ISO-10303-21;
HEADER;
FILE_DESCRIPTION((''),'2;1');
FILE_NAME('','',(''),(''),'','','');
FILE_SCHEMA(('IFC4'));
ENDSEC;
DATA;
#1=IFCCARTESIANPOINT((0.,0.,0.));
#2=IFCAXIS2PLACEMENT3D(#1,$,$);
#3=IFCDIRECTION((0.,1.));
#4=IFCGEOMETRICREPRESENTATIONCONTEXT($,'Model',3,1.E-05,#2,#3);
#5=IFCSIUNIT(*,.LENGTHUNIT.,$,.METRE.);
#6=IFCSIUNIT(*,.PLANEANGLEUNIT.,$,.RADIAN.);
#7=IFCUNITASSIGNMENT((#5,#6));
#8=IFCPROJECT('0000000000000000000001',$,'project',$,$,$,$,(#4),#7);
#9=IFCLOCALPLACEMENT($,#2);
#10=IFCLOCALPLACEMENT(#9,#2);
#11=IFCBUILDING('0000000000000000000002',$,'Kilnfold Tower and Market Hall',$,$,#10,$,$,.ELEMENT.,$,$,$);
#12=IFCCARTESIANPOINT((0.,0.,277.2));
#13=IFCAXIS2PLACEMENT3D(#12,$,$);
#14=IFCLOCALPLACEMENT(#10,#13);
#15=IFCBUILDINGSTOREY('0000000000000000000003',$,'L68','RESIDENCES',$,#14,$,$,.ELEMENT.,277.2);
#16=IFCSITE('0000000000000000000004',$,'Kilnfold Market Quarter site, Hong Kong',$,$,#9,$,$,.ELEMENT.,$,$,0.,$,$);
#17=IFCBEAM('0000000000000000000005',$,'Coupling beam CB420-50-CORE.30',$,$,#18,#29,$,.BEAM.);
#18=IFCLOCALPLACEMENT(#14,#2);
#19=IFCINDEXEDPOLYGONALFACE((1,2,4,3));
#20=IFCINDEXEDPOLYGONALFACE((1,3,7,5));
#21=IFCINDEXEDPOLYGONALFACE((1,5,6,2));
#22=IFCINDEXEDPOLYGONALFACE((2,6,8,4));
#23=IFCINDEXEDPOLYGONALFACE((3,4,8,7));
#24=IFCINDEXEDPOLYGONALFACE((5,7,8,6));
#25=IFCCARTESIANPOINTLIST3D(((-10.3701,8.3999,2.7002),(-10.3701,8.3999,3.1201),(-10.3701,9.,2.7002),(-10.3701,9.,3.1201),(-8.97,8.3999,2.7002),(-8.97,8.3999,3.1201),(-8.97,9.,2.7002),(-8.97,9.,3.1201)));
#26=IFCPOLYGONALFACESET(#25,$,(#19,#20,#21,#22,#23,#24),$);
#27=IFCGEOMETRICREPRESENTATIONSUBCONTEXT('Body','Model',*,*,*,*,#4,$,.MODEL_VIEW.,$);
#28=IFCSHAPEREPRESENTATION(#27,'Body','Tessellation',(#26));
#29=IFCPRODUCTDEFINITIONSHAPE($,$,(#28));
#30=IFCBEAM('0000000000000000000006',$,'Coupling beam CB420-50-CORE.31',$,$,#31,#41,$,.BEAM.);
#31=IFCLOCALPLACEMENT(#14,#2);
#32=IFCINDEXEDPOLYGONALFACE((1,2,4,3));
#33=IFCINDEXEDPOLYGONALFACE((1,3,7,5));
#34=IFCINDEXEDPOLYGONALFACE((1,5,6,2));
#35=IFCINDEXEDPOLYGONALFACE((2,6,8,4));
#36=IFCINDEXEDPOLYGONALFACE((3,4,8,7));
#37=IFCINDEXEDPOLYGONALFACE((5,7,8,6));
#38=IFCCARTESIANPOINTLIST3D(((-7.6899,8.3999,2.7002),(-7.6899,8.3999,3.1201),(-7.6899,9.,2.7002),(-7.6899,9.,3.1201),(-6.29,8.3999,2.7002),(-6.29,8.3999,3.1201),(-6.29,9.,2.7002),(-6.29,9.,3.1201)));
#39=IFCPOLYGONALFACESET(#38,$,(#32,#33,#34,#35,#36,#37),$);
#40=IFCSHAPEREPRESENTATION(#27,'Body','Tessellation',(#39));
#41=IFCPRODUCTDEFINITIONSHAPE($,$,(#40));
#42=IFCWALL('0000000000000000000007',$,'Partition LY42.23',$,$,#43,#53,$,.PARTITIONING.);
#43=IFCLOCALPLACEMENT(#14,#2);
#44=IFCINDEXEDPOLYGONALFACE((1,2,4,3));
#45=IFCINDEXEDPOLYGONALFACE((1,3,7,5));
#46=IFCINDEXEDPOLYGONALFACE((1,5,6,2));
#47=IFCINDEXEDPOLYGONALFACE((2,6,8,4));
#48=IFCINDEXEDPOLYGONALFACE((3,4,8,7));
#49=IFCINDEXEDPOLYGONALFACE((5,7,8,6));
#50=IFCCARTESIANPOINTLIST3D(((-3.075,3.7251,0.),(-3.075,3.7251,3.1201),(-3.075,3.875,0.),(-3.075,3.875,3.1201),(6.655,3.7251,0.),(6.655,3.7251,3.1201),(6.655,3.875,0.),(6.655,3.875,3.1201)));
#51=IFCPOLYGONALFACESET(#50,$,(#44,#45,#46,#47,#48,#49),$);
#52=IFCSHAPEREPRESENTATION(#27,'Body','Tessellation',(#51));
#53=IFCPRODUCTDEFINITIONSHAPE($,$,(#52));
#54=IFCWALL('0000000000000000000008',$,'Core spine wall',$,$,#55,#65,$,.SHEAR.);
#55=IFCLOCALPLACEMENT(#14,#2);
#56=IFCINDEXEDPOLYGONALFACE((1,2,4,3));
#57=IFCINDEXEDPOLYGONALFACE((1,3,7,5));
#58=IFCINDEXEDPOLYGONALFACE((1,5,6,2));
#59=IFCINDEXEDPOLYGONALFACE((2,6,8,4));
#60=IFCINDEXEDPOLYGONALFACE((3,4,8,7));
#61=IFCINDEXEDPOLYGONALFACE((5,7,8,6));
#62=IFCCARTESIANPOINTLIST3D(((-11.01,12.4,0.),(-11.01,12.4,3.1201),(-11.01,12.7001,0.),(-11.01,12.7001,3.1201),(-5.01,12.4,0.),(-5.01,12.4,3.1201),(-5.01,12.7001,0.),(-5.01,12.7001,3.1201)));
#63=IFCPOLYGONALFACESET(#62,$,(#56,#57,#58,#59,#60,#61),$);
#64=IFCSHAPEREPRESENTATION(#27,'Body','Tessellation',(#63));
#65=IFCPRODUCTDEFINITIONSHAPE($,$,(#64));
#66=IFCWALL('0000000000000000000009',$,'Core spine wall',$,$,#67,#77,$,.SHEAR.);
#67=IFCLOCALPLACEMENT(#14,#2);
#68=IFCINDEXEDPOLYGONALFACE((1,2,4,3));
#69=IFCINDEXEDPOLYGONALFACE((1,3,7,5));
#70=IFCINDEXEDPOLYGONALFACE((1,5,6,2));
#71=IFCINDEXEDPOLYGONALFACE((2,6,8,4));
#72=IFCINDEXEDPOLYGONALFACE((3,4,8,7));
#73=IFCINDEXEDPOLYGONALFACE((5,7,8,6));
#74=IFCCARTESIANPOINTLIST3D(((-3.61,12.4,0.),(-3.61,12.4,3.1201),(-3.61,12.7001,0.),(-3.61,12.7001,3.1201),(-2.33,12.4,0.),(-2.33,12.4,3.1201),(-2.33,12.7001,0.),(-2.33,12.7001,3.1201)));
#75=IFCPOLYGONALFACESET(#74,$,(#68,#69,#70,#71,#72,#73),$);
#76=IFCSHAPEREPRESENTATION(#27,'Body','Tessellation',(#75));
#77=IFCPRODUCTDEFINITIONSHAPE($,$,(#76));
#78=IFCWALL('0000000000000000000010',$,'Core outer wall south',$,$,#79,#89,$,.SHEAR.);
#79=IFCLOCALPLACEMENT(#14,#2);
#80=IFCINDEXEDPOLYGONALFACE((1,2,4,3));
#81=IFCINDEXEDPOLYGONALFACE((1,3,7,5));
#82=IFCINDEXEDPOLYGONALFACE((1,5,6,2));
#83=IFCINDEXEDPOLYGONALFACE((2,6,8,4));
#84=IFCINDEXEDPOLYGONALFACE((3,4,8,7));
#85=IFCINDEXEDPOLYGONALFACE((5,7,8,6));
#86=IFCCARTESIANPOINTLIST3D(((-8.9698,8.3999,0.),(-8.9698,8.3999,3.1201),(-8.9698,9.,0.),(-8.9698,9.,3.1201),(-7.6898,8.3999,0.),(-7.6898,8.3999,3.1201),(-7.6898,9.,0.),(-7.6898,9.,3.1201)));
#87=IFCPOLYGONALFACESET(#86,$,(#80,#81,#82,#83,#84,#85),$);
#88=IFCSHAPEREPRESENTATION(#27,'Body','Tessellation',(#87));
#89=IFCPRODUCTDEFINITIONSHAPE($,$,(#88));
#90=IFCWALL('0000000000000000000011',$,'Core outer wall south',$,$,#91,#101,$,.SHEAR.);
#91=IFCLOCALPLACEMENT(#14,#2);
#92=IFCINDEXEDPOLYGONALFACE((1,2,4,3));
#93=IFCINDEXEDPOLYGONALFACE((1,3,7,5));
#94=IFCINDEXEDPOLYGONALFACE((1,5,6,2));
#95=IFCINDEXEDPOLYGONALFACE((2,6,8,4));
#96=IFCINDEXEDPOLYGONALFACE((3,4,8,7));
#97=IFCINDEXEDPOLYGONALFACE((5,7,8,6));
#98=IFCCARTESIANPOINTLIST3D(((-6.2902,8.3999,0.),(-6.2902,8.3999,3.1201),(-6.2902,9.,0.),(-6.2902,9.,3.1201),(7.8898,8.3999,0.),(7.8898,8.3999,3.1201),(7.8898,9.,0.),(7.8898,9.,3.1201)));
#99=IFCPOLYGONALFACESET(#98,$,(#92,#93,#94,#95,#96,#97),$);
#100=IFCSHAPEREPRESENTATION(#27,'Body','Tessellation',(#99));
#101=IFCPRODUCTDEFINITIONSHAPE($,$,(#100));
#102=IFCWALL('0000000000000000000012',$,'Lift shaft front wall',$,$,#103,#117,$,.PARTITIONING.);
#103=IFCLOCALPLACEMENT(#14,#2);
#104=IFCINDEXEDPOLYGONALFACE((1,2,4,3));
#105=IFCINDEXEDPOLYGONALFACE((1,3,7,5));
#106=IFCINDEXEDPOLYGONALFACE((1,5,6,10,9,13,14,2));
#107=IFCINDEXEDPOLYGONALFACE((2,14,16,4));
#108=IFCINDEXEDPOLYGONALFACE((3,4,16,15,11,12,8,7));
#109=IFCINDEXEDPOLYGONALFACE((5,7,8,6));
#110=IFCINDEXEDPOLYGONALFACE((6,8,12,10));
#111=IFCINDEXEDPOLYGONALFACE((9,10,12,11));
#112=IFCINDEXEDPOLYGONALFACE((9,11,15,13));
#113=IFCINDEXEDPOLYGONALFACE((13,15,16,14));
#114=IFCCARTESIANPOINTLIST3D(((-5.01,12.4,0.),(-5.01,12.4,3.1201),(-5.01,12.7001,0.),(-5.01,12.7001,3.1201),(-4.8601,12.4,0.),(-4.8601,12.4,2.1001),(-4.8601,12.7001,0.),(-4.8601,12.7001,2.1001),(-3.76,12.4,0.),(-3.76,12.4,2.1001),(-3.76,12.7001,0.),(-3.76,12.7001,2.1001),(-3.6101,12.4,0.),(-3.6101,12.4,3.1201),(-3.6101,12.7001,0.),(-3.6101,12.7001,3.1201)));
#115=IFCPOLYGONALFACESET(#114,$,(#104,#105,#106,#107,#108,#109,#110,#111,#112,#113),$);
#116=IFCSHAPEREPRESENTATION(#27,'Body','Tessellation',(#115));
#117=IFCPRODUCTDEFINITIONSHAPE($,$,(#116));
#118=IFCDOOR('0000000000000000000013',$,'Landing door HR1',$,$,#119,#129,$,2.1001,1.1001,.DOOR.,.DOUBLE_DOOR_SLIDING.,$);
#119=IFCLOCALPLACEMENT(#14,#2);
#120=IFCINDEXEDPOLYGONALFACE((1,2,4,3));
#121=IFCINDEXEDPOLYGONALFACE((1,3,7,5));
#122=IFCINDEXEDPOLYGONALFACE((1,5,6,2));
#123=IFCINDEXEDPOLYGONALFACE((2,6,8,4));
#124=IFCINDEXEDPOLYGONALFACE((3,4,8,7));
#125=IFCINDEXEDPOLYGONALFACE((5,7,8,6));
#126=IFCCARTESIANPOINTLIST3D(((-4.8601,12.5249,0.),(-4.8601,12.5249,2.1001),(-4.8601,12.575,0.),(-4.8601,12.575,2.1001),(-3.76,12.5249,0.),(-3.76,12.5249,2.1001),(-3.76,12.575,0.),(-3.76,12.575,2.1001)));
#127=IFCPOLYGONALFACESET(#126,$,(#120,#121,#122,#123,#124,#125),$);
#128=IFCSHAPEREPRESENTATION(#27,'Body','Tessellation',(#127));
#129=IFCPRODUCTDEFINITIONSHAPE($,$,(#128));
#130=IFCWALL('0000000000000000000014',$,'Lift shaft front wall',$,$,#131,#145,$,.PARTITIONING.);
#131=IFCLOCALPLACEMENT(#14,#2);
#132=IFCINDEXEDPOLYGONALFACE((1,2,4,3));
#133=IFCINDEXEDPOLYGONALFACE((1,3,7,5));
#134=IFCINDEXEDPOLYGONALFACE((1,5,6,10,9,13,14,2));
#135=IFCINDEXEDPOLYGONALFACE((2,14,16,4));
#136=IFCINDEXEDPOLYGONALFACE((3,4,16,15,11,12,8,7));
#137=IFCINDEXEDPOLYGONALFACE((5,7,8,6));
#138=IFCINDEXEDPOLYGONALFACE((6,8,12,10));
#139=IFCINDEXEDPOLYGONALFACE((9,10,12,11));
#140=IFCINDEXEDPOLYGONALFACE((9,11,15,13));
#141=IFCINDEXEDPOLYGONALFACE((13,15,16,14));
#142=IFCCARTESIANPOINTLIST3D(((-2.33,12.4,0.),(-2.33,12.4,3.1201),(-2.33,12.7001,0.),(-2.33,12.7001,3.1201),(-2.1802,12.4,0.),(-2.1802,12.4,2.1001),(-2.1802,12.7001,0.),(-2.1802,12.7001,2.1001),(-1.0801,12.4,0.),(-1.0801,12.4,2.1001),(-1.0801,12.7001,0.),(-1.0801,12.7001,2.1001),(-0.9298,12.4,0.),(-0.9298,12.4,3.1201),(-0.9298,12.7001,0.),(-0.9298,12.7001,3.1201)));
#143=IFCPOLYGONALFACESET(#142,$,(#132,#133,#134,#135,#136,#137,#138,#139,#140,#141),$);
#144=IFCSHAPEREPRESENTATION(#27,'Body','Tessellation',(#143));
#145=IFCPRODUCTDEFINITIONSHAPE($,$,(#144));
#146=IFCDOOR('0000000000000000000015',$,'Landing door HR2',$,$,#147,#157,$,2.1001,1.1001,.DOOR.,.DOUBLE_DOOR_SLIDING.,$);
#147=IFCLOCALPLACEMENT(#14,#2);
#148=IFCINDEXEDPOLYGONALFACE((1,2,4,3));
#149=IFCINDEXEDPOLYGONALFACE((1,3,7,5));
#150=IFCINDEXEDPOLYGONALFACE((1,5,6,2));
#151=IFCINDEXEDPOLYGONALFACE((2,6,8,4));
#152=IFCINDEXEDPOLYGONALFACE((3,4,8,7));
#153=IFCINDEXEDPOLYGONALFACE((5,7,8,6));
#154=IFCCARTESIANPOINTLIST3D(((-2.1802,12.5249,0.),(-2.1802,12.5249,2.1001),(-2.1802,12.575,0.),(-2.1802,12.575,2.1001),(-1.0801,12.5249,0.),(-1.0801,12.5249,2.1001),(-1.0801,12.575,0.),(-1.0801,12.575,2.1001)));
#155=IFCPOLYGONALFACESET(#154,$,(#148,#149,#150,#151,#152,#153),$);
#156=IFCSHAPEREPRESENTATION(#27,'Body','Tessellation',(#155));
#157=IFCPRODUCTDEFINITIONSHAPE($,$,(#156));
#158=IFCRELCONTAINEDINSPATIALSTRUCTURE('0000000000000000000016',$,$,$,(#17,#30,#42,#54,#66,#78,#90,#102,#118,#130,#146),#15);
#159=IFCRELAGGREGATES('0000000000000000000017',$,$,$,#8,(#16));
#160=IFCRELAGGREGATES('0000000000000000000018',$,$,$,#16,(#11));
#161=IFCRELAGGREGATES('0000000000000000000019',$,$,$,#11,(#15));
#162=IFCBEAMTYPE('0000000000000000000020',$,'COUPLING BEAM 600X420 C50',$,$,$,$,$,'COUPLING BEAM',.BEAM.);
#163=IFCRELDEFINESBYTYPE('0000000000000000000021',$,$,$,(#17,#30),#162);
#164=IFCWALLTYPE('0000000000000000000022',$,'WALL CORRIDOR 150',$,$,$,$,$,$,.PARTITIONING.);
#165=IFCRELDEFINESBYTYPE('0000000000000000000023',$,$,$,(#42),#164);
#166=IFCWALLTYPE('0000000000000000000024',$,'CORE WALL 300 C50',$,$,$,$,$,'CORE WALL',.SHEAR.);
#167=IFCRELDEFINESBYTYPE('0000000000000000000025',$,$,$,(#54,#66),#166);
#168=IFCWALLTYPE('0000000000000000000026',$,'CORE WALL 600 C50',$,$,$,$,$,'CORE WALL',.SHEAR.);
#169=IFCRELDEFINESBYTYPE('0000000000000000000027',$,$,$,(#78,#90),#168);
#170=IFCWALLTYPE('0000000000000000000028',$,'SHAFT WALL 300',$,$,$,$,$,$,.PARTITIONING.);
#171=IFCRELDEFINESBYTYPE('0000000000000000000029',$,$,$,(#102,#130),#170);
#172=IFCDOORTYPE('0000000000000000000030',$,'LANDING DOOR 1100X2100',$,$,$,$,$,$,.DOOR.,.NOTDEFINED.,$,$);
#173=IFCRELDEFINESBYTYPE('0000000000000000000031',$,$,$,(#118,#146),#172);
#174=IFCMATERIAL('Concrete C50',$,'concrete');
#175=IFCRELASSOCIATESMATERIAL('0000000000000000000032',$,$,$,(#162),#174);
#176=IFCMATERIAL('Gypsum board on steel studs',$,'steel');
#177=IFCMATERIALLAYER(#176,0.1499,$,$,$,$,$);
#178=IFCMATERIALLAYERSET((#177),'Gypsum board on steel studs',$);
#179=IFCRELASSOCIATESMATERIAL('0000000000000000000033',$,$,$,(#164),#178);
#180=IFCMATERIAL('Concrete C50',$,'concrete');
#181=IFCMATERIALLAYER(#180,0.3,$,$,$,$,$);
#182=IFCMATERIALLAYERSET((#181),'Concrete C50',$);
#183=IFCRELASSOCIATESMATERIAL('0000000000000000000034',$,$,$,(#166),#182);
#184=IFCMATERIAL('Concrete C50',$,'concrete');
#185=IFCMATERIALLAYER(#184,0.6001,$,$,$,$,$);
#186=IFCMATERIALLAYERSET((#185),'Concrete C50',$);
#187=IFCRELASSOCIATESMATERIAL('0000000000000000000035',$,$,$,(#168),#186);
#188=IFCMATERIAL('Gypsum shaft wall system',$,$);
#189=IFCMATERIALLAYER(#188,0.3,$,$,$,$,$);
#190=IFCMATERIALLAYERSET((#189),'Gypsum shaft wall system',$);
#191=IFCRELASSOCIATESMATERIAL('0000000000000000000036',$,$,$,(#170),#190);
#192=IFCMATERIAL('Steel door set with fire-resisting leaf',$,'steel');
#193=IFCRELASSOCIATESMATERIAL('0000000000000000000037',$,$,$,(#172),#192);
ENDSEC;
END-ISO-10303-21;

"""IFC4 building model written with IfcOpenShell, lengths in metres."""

from ifc_helpers import new_model, si_unit, direction, frame, frame_2d, origin, origin_2d, place, context, subcontext, project, spatial, rectangle, extrude, source, transform, mapped, material, layer, layer_set, material_profile, profile_set, type_object, element, fill, save


model = new_model("IFC4")

# Units and contexts
model_context = context("Model", 3, precision=1e-05, world=origin(), true_north=direction((0.0, 1.0)))
body_context = subcontext(model_context, "Body", "Model", "MODEL_VIEW")
ifc_project = project(units=[si_unit("LENGTHUNIT", "METRE"), si_unit("PLANEANGLEUNIT", "RADIAN")], contexts=[model_context])

# Site, building, storey
site_placement = place(None, origin())
site = spatial("IfcSite", under=ifc_project, at=site_placement, Name="Kilnfold Market Quarter site, Hong Kong", CompositionType="ELEMENT", RefElevation=0.0)
building_placement = place(site_placement, origin())
building = spatial("IfcBuilding", under=site, at=building_placement, Name="Kilnfold Tower and Market Hall", CompositionType="ELEMENT")
storey_placement = place(building_placement, frame((0.0, 0.0, 277.2)))
storey = spatial("IfcBuildingStorey", under=building, at=storey_placement, Name="L68", Description="RESIDENCES", CompositionType="ELEMENT", Elevation=277.2)

# Beams
ifc_material_1 = material(Name="Concrete C50", Category="concrete")
ifc_material_profile = material_profile(ifc_material_1, rectangle(XDim=0.6001, YDim=0.4199, at=origin_2d()), Name="RC 600x420")
ifc_profile_set = profile_set([ifc_material_profile], Name="Concrete C50")
beam_type = type_object("IfcBeamType", Name="COUPLING BEAM 600X420 C50", ElementType="COUPLING BEAM", PredefinedType="BEAM", material=ifc_profile_set)
shared_shape_1 = source(origin(), body_context, "Body", "SweptSolid", [
    extrude(rectangle(XDim=0.6001, YDim=0.4199, at=origin_2d()), origin(), (0.0, 0.0, 1.0), 1.4001),
])
beam_1_placement = place(storey_placement, frame((-10.3701, 8.7, 2.9102), z_axis=(1.0, 0.0, 0.0), x_axis=(0.0, 1.0, 0.0)))
element("IfcBeam", 1, at=beam_1_placement, inside=storey, type_object=beam_type, Name="Coupling beam CB420-50-CORE.30", PredefinedType="BEAM", context=body_context, shape_type="MappedRepresentation", body=[
    mapped(shared_shape_1, transform((0.0, 0.0, 0.0))),
])
shared_shape_2 = source(origin(), body_context, "Body", "SweptSolid", [
    extrude(rectangle(XDim=0.6001, YDim=0.4199, at=origin_2d()), origin(), (0.0, 0.0, 1.0), 1.3999),
])
beam_2_placement = place(storey_placement, frame((-7.6899, 8.7, 2.9102), z_axis=(1.0, 0.0, 0.0), x_axis=(0.0, 1.0, 0.0)))
element("IfcBeam", 2, at=beam_2_placement, inside=storey, type_object=beam_type, Name="Coupling beam CB420-50-CORE.31", PredefinedType="BEAM", context=body_context, shape_type="MappedRepresentation", body=[
    mapped(shared_shape_2, transform((0.0, 0.0, 0.0))),
])

# Walls
ifc_material_2 = material(Name="Gypsum board on steel studs", Category="steel")
ifc_layer_1 = layer(ifc_material_2, 0.1499)
ifc_layer_set_1 = layer_set([ifc_layer_1], Name="Gypsum board on steel studs")
wall_type_1 = type_object("IfcWallType", Name="WALL CORRIDOR 150", PredefinedType="PARTITIONING", material=ifc_layer_set_1)
wall_1_placement = place(storey_placement, frame((-3.075, 3.8, 0.0), z_axis=(0.0, 0.0, 1.0), x_axis=(1.0, 0.0, 0.0)))
element("IfcWall", 3, at=wall_1_placement, inside=storey, type_object=wall_type_1, Name="Partition LY42.23", PredefinedType="PARTITIONING", context=body_context, shape_type="SweptSolid", body=[
    extrude(rectangle(XDim=9.73, YDim=0.1499, at=frame_2d((4.865, 0.0))), origin(), (0.0, 0.0, 1.0), 3.1201),
])
ifc_material_3 = material(Name="Concrete C50", Category="concrete")
ifc_layer_2 = layer(ifc_material_3, 0.3)
ifc_layer_set_2 = layer_set([ifc_layer_2], Name="Concrete C50")
wall_type_2 = type_object("IfcWallType", Name="CORE WALL 300 C50", ElementType="CORE WALL", PredefinedType="SHEAR", material=ifc_layer_set_2)
shared_shape_3 = source(origin(), body_context, "Body", "SweptSolid", [
    extrude(rectangle(XDim=6.0, YDim=0.3, at=frame_2d((3.0, 0.0))), origin(), (0.0, 0.0, 1.0), 3.1201),
])
wall_2_placement = place(storey_placement, frame((-11.01, 12.55, 0.0), z_axis=(0.0, 0.0, 1.0), x_axis=(1.0, 0.0, 0.0)))
element("IfcWall", 4, at=wall_2_placement, inside=storey, type_object=wall_type_2, Name="Core spine wall", PredefinedType="SHEAR", context=body_context, shape_type="MappedRepresentation", body=[
    mapped(shared_shape_3, transform((0.0, 0.0, 0.0))),
])
shared_shape_4 = source(origin(), body_context, "Body", "SweptSolid", [
    extrude(rectangle(XDim=1.28, YDim=0.3, at=frame_2d((0.6401, 0.0))), origin(), (0.0, 0.0, 1.0), 3.1201),
])
wall_3_placement = place(storey_placement, frame((-3.6101, 12.55, 0.0), z_axis=(0.0, 0.0, 1.0), x_axis=(1.0, 0.0, 0.0)))
element("IfcWall", 5, at=wall_3_placement, inside=storey, type_object=wall_type_2, Name="Core spine wall", PredefinedType="SHEAR", context=body_context, shape_type="MappedRepresentation", body=[
    mapped(shared_shape_4, transform((0.0, 0.0, 0.0))),
])
ifc_material_4 = material(Name="Concrete C50", Category="concrete")
ifc_layer_3 = layer(ifc_material_4, 0.6001)
ifc_layer_set_3 = layer_set([ifc_layer_3], Name="Concrete C50")
wall_type_3 = type_object("IfcWallType", Name="CORE WALL 600 C50", ElementType="CORE WALL", PredefinedType="SHEAR", material=ifc_layer_set_3)
shared_shape_5 = source(origin(), body_context, "Body", "SweptSolid", [
    extrude(rectangle(XDim=1.28, YDim=0.6001, at=frame_2d((0.6401, 0.0))), origin(), (0.0, 0.0, 1.0), 3.1201),
])
wall_4_placement = place(storey_placement, frame((-8.97, 8.7, 0.0), z_axis=(0.0, 0.0, 1.0), x_axis=(1.0, 0.0, 0.0)))
element("IfcWall", 6, at=wall_4_placement, inside=storey, type_object=wall_type_3, Name="Core outer wall south", PredefinedType="SHEAR", context=body_context, shape_type="MappedRepresentation", body=[
    mapped(shared_shape_5, transform((0.0, 0.0, 0.0))),
])
shared_shape_6 = source(origin(), body_context, "Body", "SweptSolid", [
    extrude(rectangle(XDim=14.1799, YDim=0.6001, at=frame_2d((7.0898, 0.0))), origin(), (0.0, 0.0, 1.0), 3.1201),
])
wall_5_placement = place(storey_placement, frame((-6.29, 8.7, 0.0), z_axis=(0.0, 0.0, 1.0), x_axis=(1.0, 0.0, 0.0)))
element("IfcWall", 7, at=wall_5_placement, inside=storey, type_object=wall_type_3, Name="Core outer wall south", PredefinedType="SHEAR", context=body_context, shape_type="MappedRepresentation", body=[
    mapped(shared_shape_6, transform((0.0, 0.0, 0.0))),
])

# Walls, openings, doors
ifc_material_5 = material(Name="Gypsum shaft wall system")
ifc_layer_4 = layer(ifc_material_5, 0.3)
ifc_layer_set_4 = layer_set([ifc_layer_4], Name="Gypsum shaft wall system")
wall_type_4 = type_object("IfcWallType", Name="SHAFT WALL 300", PredefinedType="PARTITIONING", material=ifc_layer_set_4)
shared_shape_7 = source(origin(), body_context, "Body", "SweptSolid", [
    extrude(rectangle(XDim=1.3999, YDim=0.3, at=frame_2d((0.7, 0.0))), origin(), (0.0, 0.0, 1.0), 3.1201),
])
wall_6_placement = place(storey_placement, frame((-5.01, 12.55, 0.0), z_axis=(0.0, 0.0, 1.0), x_axis=(1.0, 0.0, 0.0)))
wall_6 = element("IfcWall", 8, at=wall_6_placement, inside=storey, type_object=wall_type_4, Name="Lift shaft front wall", PredefinedType="PARTITIONING", context=body_context, shape_type="MappedRepresentation", body=[
    mapped(shared_shape_7, transform((0.0, 0.0, 0.0))),
])
opening_1_placement = place(wall_6_placement, frame((0.1499, 0.0, 0.0)))
opening_1 = element("IfcOpeningElement", 9, at=opening_1_placement, cuts=wall_6, PredefinedType="OPENING", context=body_context, shape_type="SweptSolid", body=[
    extrude(rectangle(XDim=1.1001, YDim=2.1001, at=frame_2d((0.55, 1.05))), frame((0.0, 0.1602, 0.0), z_axis=(0.0, -1.0, 0.0), x_axis=(1.0, 0.0, 0.0)), (0.0, 0.0, 1.0), 0.3201),
])
ifc_material_6 = material(Name="Steel door set with fire-resisting leaf", Category="steel")
door_type_1 = type_object("IfcDoorType", Name="LANDING DOOR 1100X2100", OperationType="NOTDEFINED", PredefinedType="DOOR", material=ifc_material_6)
door_1_placement = place(opening_1_placement, origin())
door_1 = element("IfcDoor", 10, at=door_1_placement, inside=storey, type_object=door_type_1, Name="Landing door HR1", OperationType="DOUBLE_DOOR_SLIDING", OverallHeight=2.1001, OverallWidth=1.1001, PredefinedType="DOOR", context=body_context, shape_type="SweptSolid", body=[
    extrude(rectangle(XDim=1.1001, YDim=2.1001, at=frame_2d((0.55, 1.05))), frame((0.0, 0.0249, 0.0), z_axis=(0.0, -1.0, 0.0), x_axis=(1.0, 0.0, 0.0)), (0.0, 0.0, 1.0), 0.05),
])
fill(opening_1, door_1)
shared_shape_8 = source(origin(), body_context, "Body", "SweptSolid", [
    extrude(rectangle(XDim=1.4001, YDim=0.3, at=frame_2d((0.7002, 0.0))), origin(), (0.0, 0.0, 1.0), 3.1201),
])
wall_7_placement = place(storey_placement, frame((-2.3301, 12.55, 0.0), z_axis=(0.0, 0.0, 1.0), x_axis=(1.0, 0.0, 0.0)))
wall_7 = element("IfcWall", 11, at=wall_7_placement, inside=storey, type_object=wall_type_4, Name="Lift shaft front wall", PredefinedType="PARTITIONING", context=body_context, shape_type="MappedRepresentation", body=[
    mapped(shared_shape_8, transform((0.0, 0.0, 0.0))),
])
opening_2_placement = place(wall_7_placement, frame((0.1499, 0.0, 0.0)))
opening_2 = element("IfcOpeningElement", 12, at=opening_2_placement, cuts=wall_7, PredefinedType="OPENING", context=body_context, shape_type="SweptSolid", body=[
    extrude(rectangle(XDim=1.1001, YDim=2.1001, at=frame_2d((0.55, 1.05))), frame((0.0, 0.1602, 0.0), z_axis=(0.0, -1.0, 0.0), x_axis=(1.0, 0.0, 0.0)), (0.0, 0.0, 1.0), 0.3201),
])
door_2_placement = place(opening_2_placement, origin())
door_2 = element("IfcDoor", 13, at=door_2_placement, inside=storey, type_object=door_type_1, Name="Landing door HR2", OperationType="DOUBLE_DOOR_SLIDING", OverallHeight=2.1001, OverallWidth=1.1001, PredefinedType="DOOR", context=body_context, shape_type="SweptSolid", body=[
    extrude(rectangle(XDim=1.1001, YDim=2.1001, at=frame_2d((0.55, 1.05))), frame((0.0, 0.0249, 0.0), z_axis=(0.0, -1.0, 0.0), x_axis=(1.0, 0.0, 0.0)), (0.0, 0.0, 1.0), 0.05),
])
fill(opening_2, door_2)

save(model, "model.ifc")
